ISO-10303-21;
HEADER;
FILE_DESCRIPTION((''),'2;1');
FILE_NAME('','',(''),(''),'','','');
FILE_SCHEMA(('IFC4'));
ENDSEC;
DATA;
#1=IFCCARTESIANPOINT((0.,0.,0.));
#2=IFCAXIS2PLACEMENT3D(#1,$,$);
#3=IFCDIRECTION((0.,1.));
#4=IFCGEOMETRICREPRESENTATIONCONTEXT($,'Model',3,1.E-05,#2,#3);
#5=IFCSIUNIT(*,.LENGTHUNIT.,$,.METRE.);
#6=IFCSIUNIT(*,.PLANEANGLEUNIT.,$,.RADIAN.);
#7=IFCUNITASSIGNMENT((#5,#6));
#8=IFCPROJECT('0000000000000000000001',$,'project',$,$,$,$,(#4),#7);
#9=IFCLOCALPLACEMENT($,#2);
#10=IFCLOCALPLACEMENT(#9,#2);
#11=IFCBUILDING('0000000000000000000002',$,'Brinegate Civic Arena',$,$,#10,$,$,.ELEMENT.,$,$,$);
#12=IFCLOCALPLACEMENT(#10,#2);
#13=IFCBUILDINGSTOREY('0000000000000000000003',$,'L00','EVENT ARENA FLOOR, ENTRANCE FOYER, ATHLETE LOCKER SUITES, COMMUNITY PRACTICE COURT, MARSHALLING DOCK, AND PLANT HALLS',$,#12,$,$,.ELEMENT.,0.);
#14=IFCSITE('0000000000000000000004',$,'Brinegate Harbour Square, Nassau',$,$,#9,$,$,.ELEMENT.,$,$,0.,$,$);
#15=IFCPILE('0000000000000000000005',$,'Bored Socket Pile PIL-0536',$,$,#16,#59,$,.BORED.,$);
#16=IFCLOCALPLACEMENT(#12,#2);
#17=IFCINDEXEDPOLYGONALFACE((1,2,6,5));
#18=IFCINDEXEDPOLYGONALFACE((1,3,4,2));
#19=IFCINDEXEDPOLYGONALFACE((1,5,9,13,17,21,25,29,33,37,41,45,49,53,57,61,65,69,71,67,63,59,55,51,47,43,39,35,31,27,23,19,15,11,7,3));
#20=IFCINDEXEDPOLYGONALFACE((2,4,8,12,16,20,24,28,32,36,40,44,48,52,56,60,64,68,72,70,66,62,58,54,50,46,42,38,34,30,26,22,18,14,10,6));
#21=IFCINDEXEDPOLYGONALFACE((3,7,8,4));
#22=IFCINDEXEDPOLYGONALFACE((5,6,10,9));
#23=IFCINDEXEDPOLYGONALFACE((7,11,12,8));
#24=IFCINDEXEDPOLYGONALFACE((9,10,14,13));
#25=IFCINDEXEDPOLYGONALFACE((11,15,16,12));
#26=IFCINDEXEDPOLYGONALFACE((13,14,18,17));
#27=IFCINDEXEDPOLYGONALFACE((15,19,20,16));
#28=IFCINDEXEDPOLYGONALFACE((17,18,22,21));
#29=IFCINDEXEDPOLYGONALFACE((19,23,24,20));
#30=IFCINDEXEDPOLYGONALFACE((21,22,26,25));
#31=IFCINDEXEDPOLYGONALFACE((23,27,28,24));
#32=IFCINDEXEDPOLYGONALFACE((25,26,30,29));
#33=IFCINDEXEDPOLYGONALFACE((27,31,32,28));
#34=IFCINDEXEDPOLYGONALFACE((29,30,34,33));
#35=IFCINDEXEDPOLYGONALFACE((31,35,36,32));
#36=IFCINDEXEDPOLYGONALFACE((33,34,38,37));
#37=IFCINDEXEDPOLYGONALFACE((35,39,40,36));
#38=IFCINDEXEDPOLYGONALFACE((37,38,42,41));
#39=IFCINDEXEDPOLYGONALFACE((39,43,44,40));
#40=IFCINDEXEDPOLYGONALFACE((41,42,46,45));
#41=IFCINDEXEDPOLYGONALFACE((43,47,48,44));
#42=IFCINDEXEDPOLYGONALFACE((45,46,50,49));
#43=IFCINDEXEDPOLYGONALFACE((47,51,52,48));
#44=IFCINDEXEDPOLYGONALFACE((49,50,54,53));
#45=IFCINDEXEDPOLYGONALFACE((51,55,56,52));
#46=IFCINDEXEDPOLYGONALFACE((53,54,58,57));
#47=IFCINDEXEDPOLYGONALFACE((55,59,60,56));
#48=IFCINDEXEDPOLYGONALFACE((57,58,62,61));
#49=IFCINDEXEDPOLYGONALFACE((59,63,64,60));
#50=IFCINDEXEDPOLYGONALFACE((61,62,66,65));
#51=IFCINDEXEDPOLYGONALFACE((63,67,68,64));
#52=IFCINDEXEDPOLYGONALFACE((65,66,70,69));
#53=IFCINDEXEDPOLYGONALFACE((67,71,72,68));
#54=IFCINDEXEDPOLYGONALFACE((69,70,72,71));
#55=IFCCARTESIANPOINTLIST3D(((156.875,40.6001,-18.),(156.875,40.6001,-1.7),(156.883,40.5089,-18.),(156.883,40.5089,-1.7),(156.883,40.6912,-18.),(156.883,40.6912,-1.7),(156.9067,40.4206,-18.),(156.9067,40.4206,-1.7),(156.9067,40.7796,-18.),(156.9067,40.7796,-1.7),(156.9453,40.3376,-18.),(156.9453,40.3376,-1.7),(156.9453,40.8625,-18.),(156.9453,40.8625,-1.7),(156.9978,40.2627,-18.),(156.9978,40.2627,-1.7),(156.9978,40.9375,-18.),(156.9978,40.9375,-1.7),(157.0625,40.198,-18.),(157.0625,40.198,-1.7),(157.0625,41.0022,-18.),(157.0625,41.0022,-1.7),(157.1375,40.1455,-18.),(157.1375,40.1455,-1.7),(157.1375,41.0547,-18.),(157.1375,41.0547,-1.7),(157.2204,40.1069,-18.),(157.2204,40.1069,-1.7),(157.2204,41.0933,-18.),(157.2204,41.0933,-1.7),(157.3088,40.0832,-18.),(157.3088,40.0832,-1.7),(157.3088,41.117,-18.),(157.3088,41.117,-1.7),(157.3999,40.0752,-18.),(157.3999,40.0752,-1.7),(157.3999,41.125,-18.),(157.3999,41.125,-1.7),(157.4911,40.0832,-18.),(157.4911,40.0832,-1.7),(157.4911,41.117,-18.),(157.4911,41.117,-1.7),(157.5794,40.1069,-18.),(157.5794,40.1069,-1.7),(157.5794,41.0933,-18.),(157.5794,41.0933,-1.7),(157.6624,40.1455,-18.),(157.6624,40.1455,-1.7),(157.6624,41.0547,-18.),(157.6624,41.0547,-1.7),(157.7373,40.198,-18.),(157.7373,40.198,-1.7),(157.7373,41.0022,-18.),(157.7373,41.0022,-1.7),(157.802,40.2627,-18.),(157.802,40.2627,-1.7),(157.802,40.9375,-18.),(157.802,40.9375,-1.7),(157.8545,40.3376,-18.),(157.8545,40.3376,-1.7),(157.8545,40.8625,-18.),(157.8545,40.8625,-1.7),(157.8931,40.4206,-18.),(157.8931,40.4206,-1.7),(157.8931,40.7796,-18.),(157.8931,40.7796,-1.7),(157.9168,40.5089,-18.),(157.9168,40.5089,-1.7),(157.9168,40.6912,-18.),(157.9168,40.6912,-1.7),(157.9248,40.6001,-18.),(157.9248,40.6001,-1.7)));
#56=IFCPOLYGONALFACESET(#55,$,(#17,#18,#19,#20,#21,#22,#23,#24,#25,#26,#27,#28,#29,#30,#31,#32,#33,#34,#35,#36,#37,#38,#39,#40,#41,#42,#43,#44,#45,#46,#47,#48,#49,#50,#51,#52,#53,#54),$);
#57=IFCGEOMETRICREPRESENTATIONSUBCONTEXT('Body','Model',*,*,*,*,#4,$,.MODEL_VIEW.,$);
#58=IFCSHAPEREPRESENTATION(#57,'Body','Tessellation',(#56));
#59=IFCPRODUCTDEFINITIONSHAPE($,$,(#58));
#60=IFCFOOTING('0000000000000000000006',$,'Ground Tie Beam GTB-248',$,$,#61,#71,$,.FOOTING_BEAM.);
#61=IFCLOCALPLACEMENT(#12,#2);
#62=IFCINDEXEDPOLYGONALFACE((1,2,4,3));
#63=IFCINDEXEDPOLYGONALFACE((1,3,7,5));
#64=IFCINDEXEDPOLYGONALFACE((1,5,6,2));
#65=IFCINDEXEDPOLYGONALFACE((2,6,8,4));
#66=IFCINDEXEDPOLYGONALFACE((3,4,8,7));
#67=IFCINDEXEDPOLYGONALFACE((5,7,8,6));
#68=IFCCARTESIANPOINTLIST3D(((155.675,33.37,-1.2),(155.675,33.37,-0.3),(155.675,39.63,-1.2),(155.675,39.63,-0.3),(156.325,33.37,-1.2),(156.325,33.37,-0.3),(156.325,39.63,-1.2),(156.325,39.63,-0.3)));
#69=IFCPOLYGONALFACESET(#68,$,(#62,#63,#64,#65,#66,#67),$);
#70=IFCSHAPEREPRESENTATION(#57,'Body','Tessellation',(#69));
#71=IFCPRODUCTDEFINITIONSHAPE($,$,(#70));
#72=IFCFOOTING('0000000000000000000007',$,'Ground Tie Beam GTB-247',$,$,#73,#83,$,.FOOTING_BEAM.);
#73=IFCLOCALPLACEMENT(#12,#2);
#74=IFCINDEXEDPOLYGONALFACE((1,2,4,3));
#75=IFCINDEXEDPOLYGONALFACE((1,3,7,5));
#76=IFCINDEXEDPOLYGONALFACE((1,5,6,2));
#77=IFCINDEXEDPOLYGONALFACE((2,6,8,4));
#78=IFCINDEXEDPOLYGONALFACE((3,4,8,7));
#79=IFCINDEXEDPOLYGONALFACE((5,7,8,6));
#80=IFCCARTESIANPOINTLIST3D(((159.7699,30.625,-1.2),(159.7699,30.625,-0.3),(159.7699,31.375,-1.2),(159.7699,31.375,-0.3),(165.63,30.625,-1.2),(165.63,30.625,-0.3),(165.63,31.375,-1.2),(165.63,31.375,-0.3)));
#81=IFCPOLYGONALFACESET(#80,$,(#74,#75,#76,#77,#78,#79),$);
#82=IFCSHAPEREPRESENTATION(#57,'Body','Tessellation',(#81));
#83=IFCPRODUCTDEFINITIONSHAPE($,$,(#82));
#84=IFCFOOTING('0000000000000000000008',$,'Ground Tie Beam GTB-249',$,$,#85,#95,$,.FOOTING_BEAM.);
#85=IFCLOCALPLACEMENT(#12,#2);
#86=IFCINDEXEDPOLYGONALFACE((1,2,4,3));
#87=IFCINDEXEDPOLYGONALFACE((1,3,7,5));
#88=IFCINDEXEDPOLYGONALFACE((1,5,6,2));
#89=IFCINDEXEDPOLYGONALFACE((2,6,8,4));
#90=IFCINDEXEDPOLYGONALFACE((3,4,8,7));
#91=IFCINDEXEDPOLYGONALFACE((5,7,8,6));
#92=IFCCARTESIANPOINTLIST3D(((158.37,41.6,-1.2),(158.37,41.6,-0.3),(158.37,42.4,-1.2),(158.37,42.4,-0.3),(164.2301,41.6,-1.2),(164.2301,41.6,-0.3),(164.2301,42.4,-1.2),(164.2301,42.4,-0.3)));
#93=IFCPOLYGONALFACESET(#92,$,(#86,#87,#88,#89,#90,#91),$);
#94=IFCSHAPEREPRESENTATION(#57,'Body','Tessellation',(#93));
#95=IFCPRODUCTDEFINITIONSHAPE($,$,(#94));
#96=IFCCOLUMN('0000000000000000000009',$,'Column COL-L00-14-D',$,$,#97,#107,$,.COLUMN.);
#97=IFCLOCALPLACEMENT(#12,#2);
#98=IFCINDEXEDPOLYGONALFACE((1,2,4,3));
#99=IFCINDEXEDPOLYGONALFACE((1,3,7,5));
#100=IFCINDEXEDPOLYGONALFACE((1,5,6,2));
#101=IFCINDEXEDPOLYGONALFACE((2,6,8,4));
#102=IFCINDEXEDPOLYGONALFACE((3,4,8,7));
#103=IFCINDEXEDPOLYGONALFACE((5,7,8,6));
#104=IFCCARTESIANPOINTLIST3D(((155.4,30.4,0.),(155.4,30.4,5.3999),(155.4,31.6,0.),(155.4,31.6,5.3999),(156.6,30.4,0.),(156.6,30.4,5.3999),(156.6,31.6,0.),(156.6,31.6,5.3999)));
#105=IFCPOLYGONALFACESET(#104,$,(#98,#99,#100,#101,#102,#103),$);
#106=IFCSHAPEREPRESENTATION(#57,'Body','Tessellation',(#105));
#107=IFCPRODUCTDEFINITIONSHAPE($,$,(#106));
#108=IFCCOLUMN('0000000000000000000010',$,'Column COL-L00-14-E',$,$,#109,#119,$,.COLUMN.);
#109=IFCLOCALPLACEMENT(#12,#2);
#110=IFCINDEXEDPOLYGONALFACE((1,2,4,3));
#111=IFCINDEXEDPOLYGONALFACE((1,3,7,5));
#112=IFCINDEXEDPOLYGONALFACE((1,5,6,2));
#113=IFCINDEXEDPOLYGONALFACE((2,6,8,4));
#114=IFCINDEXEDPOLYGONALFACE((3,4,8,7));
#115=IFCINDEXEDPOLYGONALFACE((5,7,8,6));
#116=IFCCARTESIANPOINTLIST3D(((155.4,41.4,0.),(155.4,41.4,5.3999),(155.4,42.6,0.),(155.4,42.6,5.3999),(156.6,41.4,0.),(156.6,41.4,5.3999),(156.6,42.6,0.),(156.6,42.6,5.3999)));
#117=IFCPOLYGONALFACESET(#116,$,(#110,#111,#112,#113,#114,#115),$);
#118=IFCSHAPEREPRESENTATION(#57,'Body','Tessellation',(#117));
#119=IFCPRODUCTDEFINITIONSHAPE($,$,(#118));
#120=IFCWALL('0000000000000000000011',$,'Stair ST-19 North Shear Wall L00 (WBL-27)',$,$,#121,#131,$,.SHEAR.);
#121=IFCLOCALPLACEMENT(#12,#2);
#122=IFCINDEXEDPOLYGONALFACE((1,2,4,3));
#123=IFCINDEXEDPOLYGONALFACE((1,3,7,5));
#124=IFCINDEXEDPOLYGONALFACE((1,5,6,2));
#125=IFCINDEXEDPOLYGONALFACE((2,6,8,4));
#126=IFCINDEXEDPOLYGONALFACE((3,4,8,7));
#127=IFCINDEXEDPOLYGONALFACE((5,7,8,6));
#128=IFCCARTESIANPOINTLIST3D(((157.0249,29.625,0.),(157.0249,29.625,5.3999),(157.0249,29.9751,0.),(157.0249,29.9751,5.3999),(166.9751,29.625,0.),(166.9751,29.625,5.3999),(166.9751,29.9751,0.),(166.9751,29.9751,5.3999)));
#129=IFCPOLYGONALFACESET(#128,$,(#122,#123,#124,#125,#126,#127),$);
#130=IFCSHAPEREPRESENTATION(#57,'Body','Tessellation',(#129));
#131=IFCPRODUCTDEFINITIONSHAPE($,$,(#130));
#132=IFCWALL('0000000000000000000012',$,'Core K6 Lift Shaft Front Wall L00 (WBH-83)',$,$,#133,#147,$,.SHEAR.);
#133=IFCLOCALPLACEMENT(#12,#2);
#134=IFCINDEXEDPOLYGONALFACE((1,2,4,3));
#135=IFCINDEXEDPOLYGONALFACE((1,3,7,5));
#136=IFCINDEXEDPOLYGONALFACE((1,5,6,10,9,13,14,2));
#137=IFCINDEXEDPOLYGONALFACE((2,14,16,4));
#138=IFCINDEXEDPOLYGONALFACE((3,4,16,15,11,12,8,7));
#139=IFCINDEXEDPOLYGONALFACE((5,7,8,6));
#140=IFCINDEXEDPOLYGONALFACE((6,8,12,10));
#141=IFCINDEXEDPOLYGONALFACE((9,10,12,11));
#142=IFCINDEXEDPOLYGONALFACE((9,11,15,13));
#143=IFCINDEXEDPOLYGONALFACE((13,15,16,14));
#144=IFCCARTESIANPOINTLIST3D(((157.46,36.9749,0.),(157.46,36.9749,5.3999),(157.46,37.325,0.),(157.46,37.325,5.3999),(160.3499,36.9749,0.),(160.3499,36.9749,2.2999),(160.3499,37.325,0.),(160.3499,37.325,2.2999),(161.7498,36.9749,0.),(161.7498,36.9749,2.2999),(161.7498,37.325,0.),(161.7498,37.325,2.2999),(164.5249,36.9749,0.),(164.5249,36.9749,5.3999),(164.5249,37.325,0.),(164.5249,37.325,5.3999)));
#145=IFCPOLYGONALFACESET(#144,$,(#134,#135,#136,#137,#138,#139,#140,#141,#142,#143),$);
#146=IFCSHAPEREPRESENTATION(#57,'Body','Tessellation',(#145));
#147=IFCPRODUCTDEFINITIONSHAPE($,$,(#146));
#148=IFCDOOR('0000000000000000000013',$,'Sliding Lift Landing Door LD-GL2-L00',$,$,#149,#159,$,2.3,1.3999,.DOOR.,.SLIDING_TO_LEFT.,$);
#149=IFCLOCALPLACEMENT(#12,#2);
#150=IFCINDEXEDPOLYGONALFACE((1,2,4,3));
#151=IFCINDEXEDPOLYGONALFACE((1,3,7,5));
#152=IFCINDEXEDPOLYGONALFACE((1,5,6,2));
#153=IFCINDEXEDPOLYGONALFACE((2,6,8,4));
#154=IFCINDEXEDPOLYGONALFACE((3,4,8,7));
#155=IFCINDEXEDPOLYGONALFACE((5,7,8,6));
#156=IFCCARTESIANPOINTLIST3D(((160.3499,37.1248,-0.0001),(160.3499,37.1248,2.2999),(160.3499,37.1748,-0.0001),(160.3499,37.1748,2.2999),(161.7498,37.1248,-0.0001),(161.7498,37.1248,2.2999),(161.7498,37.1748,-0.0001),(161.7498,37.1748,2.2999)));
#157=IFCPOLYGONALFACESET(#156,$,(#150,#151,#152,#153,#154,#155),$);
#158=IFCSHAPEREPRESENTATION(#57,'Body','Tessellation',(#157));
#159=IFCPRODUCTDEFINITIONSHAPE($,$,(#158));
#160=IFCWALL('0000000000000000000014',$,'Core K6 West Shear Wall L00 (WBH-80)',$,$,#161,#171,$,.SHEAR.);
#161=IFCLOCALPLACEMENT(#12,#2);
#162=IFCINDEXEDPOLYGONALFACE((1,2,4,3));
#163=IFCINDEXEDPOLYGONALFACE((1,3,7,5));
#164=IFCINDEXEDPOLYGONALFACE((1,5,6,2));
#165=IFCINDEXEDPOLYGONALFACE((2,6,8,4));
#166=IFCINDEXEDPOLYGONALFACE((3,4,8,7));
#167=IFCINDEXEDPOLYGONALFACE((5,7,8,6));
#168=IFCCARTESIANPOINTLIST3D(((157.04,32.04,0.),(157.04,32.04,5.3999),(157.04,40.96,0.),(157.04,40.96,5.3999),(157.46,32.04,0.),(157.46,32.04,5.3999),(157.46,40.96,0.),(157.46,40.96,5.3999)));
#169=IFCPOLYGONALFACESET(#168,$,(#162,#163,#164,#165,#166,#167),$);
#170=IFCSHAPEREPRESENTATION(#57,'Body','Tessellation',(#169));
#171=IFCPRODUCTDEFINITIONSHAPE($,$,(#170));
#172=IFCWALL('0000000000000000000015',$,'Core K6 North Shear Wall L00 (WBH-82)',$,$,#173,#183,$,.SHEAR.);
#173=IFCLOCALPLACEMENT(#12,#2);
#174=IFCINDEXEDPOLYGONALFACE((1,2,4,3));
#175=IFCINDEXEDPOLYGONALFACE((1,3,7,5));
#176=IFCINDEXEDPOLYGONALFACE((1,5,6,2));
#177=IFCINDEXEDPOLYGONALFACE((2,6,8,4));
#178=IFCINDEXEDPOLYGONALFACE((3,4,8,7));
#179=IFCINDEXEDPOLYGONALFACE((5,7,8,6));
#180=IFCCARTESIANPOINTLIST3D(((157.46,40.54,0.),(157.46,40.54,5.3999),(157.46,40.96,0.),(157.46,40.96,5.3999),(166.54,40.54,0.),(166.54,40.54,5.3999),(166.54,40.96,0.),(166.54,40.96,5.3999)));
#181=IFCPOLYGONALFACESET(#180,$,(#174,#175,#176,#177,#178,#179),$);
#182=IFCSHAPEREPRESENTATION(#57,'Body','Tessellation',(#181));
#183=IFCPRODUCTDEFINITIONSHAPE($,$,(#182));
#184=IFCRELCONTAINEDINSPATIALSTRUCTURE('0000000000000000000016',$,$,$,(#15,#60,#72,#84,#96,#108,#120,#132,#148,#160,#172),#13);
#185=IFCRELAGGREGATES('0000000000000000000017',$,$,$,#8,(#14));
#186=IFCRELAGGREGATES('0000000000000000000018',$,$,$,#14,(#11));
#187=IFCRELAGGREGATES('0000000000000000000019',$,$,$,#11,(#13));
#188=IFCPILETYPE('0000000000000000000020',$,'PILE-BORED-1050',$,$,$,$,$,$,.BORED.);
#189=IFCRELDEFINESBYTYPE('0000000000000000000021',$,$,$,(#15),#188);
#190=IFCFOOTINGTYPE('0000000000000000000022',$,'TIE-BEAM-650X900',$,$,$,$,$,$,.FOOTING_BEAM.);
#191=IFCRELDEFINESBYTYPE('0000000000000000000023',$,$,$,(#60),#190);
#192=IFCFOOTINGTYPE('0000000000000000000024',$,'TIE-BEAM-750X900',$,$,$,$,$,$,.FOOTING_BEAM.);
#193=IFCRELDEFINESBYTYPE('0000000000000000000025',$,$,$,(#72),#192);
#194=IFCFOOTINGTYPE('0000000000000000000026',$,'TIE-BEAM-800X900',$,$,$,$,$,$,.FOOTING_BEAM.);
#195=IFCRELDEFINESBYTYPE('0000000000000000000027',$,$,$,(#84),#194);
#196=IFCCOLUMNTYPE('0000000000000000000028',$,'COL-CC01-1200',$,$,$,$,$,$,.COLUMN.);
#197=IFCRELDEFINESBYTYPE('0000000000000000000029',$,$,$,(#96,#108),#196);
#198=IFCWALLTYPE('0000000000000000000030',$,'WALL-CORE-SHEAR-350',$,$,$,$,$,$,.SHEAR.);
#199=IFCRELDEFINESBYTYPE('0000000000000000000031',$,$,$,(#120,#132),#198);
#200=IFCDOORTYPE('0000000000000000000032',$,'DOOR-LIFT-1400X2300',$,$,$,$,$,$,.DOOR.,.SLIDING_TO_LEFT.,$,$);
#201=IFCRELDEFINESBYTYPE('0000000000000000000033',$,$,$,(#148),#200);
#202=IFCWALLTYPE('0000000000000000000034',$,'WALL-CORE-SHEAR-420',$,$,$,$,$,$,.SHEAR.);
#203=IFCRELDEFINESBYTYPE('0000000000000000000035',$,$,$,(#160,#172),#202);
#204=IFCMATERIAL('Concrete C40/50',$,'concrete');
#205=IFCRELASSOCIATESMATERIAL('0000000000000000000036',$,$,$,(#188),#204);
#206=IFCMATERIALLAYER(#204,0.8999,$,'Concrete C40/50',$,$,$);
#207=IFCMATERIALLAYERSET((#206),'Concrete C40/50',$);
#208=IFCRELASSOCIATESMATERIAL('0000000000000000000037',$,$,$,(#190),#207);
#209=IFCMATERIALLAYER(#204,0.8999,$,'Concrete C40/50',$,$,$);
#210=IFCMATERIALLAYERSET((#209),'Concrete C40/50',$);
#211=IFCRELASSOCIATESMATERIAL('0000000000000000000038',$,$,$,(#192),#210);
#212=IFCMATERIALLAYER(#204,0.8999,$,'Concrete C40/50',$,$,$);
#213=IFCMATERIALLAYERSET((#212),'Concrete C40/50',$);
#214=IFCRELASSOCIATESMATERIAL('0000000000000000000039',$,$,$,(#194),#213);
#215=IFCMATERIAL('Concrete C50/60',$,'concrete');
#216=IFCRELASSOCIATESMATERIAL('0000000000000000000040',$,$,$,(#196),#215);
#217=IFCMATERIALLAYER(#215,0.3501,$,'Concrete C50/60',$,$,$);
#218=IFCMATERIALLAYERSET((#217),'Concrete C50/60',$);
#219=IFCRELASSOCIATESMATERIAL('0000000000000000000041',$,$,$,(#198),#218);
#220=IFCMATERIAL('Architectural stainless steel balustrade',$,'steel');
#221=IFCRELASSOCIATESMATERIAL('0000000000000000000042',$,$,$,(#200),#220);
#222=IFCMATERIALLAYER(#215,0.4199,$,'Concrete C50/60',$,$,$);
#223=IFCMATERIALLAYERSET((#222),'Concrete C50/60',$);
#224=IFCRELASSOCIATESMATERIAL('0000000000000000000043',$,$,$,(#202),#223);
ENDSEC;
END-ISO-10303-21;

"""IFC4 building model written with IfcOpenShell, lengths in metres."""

from ifc_helpers import new_model, si_unit, direction, frame, frame_2d, origin, origin_2d, place, context, subcontext, project, spatial, rectangle, circle, extrude, material, layer, layer_set, material_profile, profile_set, type_object, element, fill, save


model = new_model("IFC4")

# Units and contexts
model_context = context("Model", 3, precision=1e-05, world=origin(), true_north=direction((0.0, 1.0)))
body_context = subcontext(model_context, "Body", "Model", "MODEL_VIEW")
ifc_project = project(units=[si_unit("LENGTHUNIT", "METRE"), si_unit("PLANEANGLEUNIT", "RADIAN")], contexts=[model_context])

# Site, building, storey
site_placement = place(None, origin())
site = spatial("IfcSite", under=ifc_project, at=site_placement, Name="Brinegate Harbour Square, Nassau", CompositionType="ELEMENT", RefElevation=0.0)
building_placement = place(site_placement, origin())
building = spatial("IfcBuilding", under=site, at=building_placement, Name="Brinegate Civic Arena", CompositionType="ELEMENT")
storey_placement = place(building_placement, origin())
storey = spatial("IfcBuildingStorey", under=building, at=storey_placement, Name="L00", Description="EVENT ARENA FLOOR, ENTRANCE FOYER, ATHLETE LOCKER SUITES, COMMUNITY PRACTICE COURT, MARSHALLING DOCK, AND PLANT HALLS", CompositionType="ELEMENT", Elevation=0.0)

# Shared definitions
ifc_material_1 = material(Name="Concrete C40/50", Category="concrete")

# Pile
ifc_material_profile_1 = material_profile(ifc_material_1, circle(Radius=0.5249, at=origin_2d()), Name="PILED1050")
ifc_profile_set_1 = profile_set([ifc_material_profile_1], Name="Concrete C40/50")
pile_type = type_object("IfcPileType", Name="PILE-BORED-1050", PredefinedType="BORED", material=ifc_profile_set_1)
for number, where, z_axis, x_axis, name in (
    (1, (157.3999, 40.6001, -1.7), (0.0, 0.0, -1.0), (1.0, 0.0, 0.0), "Bored Socket Pile PIL-0536"),
):
    element("IfcPile", number, at=place(storey_placement, frame(where, z_axis=z_axis, x_axis=x_axis)), inside=storey, type_object=pile_type, Name=name, PredefinedType="BORED", context=body_context, shape_type="SweptSolid", body=[
        extrude(circle(Radius=0.5249, at=origin_2d()), origin(), (0.0, 0.0, 1.0), 16.3),
    ])

# Footings
ifc_layer_1 = layer(ifc_material_1, 0.8999, Name="Concrete C40/50")
ifc_layer_set_1 = layer_set([ifc_layer_1], Name="Concrete C40/50")
footing_type_1 = type_object("IfcFootingType", Name="TIE-BEAM-650X900", PredefinedType="FOOTING_BEAM", material=ifc_layer_set_1)
footing_1_placement = place(storey_placement, frame((156.0, 36.5, -1.2), z_axis=(0.0, 0.0, 1.0), x_axis=(0.0, 1.0, 0.0)))
element("IfcFooting", 2, at=footing_1_placement, inside=storey, type_object=footing_type_1, Name="Ground Tie Beam GTB-248", PredefinedType="FOOTING_BEAM", context=body_context, shape_type="SweptSolid", body=[
    extrude(rectangle(XDim=6.26, YDim=0.6499, at=origin_2d()), origin(), (0.0, 0.0, 1.0), 0.8999),
])
ifc_layer_2 = layer(ifc_material_1, 0.8999, Name="Concrete C40/50")
ifc_layer_set_2 = layer_set([ifc_layer_2], Name="Concrete C40/50")
footing_type_2 = type_object("IfcFootingType", Name="TIE-BEAM-750X900", PredefinedType="FOOTING_BEAM", material=ifc_layer_set_2)
footing_2_placement = place(storey_placement, frame((162.7, 31.0, -1.2), z_axis=(0.0, 0.0, 1.0), x_axis=(1.0, 0.0, 0.0)))
element("IfcFooting", 3, at=footing_2_placement, inside=storey, type_object=footing_type_2, Name="Ground Tie Beam GTB-247", PredefinedType="FOOTING_BEAM", context=body_context, shape_type="SweptSolid", body=[
    extrude(rectangle(XDim=5.8601, YDim=0.75, at=origin_2d()), origin(), (0.0, 0.0, 1.0), 0.8999),
])
ifc_layer_3 = layer(ifc_material_1, 0.8999, Name="Concrete C40/50")
ifc_layer_set_3 = layer_set([ifc_layer_3], Name="Concrete C40/50")
footing_type_3 = type_object("IfcFootingType", Name="TIE-BEAM-800X900", PredefinedType="FOOTING_BEAM", material=ifc_layer_set_3)
footing_3_placement = place(storey_placement, frame((161.3, 42.0, -1.2), z_axis=(0.0, 0.0, 1.0), x_axis=(1.0, 0.0, 0.0)))
element("IfcFooting", 4, at=footing_3_placement, inside=storey, type_object=footing_type_3, Name="Ground Tie Beam GTB-249", PredefinedType="FOOTING_BEAM", context=body_context, shape_type="SweptSolid", body=[
    extrude(rectangle(XDim=5.8601, YDim=0.8, at=origin_2d()), origin(), (0.0, 0.0, 1.0), 0.8999),
])

# Columns
ifc_material_2 = material(Name="Concrete C50/60", Category="concrete")
ifc_material_profile_2 = material_profile(ifc_material_2, rectangle(XDim=1.2, YDim=1.2, at=origin_2d()), Name="RC1200X1200")
ifc_profile_set_2 = profile_set([ifc_material_profile_2], Name="Concrete C50/60")
column_type = type_object("IfcColumnType", Name="COL-CC01-1200", PredefinedType="COLUMN", material=ifc_profile_set_2)
for number, where, z_axis, x_axis, name in (
    (5, (156.0, 31.0, 0.0), (0.0, 0.0, 1.0), (1.0, 0.0, 0.0), "Column COL-L00-14-D"),
    (6, (156.0, 42.0, 0.0), (0.0, 0.0, 1.0), (1.0, 0.0, 0.0), "Column COL-L00-14-E"),
):
    element("IfcColumn", number, at=place(storey_placement, frame(where, z_axis=z_axis, x_axis=x_axis)), inside=storey, type_object=column_type, Name=name, PredefinedType="COLUMN", context=body_context, shape_type="SweptSolid", body=[
        extrude(rectangle(XDim=1.2, YDim=1.2, at=origin_2d()), origin(), (0.0, 0.0, 1.0), 5.3999),
    ])

# Wall
ifc_layer_4 = layer(ifc_material_2, 0.3501, Name="Concrete C50/60")
ifc_layer_set_4 = layer_set([ifc_layer_4], Name="Concrete C50/60")
wall_type_1 = type_object("IfcWallType", Name="WALL-CORE-SHEAR-350", PredefinedType="SHEAR", material=ifc_layer_set_4)
wall_1_placement = place(storey_placement, frame((157.0249, 29.8, 0.0), z_axis=(0.0, 0.0, 1.0), x_axis=(1.0, 0.0, 0.0)))
element("IfcWall", 7, at=wall_1_placement, inside=storey, type_object=wall_type_1, Name="Stair ST-19 North Shear Wall L00 (WBL-27)", PredefinedType="SHEAR", context=body_context, shape_type="SweptSolid", body=[
    extrude(rectangle(XDim=9.9502, YDim=0.3501, at=frame_2d((4.9751, 0.0))), origin(), (0.0, 0.0, 1.0), 5.3999),
])

# Wall, opening, door
wall_2_placement = place(storey_placement, frame((157.46, 37.1499, 0.0), z_axis=(0.0, 0.0, 1.0), x_axis=(1.0, 0.0, 0.0)))
wall_2 = element("IfcWall", 8, at=wall_2_placement, inside=storey, type_object=wall_type_1, Name="Core K6 Lift Shaft Front Wall L00 (WBH-83)", PredefinedType="SHEAR", context=body_context, shape_type="SweptSolid", body=[
    extrude(rectangle(XDim=7.0649, YDim=0.3501, at=frame_2d((3.5325, 0.0))), origin(), (0.0, 0.0, 1.0), 5.3999),
])
opening_1_placement = place(wall_2_placement, frame((2.8899, 0.0, 0.0)))
opening_1 = element("IfcOpeningElement", 9, at=opening_1_placement, cuts=wall_2, PredefinedType="OPENING", context=body_context, shape_type="SweptSolid", body=[
    extrude(rectangle(XDim=1.3999, YDim=2.3, at=frame_2d((0.7, 1.1499))), frame((0.0, 0.1851, 0.0), z_axis=(0.0, -1.0, 0.0), x_axis=(1.0, 0.0, 0.0)), (0.0, 0.0, 1.0), 0.3701),
])
ifc_material_3 = material(Name="Architectural stainless steel balustrade", Category="steel")
door_type_1 = type_object("IfcDoorType", Name="DOOR-LIFT-1400X2300", OperationType="SLIDING_TO_LEFT", PredefinedType="DOOR", material=ifc_material_3)
door_1_placement = place(opening_1_placement, origin())
door_1 = element("IfcDoor", 10, at=door_1_placement, inside=storey, type_object=door_type_1, Name="Sliding Lift Landing Door LD-GL2-L00", OperationType="SLIDING_TO_LEFT", OverallHeight=2.3, OverallWidth=1.3999, PredefinedType="DOOR", context=body_context, shape_type="SweptSolid", body=[
    extrude(rectangle(XDim=1.3999, YDim=2.3, at=frame_2d((0.7, 1.1499))), frame((0.0, 0.0249, 0.0), z_axis=(0.0, -1.0, 0.0), x_axis=(1.0, 0.0, 0.0)), (0.0, 0.0, 1.0), 0.05),
])
fill(opening_1, door_1)

# Walls
ifc_layer_5 = layer(ifc_material_2, 0.4199, Name="Concrete C50/60")
ifc_layer_set_5 = layer_set([ifc_layer_5], Name="Concrete C50/60")
wall_type_2 = type_object("IfcWallType", Name="WALL-CORE-SHEAR-420", PredefinedType="SHEAR", material=ifc_layer_set_5)
wall_3_placement = place(storey_placement, frame((157.25, 32.04, 0.0), z_axis=(0.0, 0.0, 1.0), x_axis=(0.0, 1.0, 0.0)))
element("IfcWall", 11, at=wall_3_placement, inside=storey, type_object=wall_type_2, Name="Core K6 West Shear Wall L00 (WBH-80)", PredefinedType="SHEAR", context=body_context, shape_type="SweptSolid", body=[
    extrude(rectangle(XDim=8.9199, YDim=0.4199, at=frame_2d((4.46, 0.0))), origin(), (0.0, 0.0, 1.0), 5.3999),
])
wall_4_placement = place(storey_placement, frame((157.46, 40.75, 0.0), z_axis=(0.0, 0.0, 1.0), x_axis=(1.0, 0.0, 0.0)))
element("IfcWall", 12, at=wall_4_placement, inside=storey, type_object=wall_type_2, Name="Core K6 North Shear Wall L00 (WBH-82)", PredefinedType="SHEAR", context=body_context, shape_type="SweptSolid", body=[
    extrude(rectangle(XDim=9.0801, YDim=0.4199, at=frame_2d((4.54, 0.0))), origin(), (0.0, 0.0, 1.0), 5.3999),
])

save(model, "model.ifc")
